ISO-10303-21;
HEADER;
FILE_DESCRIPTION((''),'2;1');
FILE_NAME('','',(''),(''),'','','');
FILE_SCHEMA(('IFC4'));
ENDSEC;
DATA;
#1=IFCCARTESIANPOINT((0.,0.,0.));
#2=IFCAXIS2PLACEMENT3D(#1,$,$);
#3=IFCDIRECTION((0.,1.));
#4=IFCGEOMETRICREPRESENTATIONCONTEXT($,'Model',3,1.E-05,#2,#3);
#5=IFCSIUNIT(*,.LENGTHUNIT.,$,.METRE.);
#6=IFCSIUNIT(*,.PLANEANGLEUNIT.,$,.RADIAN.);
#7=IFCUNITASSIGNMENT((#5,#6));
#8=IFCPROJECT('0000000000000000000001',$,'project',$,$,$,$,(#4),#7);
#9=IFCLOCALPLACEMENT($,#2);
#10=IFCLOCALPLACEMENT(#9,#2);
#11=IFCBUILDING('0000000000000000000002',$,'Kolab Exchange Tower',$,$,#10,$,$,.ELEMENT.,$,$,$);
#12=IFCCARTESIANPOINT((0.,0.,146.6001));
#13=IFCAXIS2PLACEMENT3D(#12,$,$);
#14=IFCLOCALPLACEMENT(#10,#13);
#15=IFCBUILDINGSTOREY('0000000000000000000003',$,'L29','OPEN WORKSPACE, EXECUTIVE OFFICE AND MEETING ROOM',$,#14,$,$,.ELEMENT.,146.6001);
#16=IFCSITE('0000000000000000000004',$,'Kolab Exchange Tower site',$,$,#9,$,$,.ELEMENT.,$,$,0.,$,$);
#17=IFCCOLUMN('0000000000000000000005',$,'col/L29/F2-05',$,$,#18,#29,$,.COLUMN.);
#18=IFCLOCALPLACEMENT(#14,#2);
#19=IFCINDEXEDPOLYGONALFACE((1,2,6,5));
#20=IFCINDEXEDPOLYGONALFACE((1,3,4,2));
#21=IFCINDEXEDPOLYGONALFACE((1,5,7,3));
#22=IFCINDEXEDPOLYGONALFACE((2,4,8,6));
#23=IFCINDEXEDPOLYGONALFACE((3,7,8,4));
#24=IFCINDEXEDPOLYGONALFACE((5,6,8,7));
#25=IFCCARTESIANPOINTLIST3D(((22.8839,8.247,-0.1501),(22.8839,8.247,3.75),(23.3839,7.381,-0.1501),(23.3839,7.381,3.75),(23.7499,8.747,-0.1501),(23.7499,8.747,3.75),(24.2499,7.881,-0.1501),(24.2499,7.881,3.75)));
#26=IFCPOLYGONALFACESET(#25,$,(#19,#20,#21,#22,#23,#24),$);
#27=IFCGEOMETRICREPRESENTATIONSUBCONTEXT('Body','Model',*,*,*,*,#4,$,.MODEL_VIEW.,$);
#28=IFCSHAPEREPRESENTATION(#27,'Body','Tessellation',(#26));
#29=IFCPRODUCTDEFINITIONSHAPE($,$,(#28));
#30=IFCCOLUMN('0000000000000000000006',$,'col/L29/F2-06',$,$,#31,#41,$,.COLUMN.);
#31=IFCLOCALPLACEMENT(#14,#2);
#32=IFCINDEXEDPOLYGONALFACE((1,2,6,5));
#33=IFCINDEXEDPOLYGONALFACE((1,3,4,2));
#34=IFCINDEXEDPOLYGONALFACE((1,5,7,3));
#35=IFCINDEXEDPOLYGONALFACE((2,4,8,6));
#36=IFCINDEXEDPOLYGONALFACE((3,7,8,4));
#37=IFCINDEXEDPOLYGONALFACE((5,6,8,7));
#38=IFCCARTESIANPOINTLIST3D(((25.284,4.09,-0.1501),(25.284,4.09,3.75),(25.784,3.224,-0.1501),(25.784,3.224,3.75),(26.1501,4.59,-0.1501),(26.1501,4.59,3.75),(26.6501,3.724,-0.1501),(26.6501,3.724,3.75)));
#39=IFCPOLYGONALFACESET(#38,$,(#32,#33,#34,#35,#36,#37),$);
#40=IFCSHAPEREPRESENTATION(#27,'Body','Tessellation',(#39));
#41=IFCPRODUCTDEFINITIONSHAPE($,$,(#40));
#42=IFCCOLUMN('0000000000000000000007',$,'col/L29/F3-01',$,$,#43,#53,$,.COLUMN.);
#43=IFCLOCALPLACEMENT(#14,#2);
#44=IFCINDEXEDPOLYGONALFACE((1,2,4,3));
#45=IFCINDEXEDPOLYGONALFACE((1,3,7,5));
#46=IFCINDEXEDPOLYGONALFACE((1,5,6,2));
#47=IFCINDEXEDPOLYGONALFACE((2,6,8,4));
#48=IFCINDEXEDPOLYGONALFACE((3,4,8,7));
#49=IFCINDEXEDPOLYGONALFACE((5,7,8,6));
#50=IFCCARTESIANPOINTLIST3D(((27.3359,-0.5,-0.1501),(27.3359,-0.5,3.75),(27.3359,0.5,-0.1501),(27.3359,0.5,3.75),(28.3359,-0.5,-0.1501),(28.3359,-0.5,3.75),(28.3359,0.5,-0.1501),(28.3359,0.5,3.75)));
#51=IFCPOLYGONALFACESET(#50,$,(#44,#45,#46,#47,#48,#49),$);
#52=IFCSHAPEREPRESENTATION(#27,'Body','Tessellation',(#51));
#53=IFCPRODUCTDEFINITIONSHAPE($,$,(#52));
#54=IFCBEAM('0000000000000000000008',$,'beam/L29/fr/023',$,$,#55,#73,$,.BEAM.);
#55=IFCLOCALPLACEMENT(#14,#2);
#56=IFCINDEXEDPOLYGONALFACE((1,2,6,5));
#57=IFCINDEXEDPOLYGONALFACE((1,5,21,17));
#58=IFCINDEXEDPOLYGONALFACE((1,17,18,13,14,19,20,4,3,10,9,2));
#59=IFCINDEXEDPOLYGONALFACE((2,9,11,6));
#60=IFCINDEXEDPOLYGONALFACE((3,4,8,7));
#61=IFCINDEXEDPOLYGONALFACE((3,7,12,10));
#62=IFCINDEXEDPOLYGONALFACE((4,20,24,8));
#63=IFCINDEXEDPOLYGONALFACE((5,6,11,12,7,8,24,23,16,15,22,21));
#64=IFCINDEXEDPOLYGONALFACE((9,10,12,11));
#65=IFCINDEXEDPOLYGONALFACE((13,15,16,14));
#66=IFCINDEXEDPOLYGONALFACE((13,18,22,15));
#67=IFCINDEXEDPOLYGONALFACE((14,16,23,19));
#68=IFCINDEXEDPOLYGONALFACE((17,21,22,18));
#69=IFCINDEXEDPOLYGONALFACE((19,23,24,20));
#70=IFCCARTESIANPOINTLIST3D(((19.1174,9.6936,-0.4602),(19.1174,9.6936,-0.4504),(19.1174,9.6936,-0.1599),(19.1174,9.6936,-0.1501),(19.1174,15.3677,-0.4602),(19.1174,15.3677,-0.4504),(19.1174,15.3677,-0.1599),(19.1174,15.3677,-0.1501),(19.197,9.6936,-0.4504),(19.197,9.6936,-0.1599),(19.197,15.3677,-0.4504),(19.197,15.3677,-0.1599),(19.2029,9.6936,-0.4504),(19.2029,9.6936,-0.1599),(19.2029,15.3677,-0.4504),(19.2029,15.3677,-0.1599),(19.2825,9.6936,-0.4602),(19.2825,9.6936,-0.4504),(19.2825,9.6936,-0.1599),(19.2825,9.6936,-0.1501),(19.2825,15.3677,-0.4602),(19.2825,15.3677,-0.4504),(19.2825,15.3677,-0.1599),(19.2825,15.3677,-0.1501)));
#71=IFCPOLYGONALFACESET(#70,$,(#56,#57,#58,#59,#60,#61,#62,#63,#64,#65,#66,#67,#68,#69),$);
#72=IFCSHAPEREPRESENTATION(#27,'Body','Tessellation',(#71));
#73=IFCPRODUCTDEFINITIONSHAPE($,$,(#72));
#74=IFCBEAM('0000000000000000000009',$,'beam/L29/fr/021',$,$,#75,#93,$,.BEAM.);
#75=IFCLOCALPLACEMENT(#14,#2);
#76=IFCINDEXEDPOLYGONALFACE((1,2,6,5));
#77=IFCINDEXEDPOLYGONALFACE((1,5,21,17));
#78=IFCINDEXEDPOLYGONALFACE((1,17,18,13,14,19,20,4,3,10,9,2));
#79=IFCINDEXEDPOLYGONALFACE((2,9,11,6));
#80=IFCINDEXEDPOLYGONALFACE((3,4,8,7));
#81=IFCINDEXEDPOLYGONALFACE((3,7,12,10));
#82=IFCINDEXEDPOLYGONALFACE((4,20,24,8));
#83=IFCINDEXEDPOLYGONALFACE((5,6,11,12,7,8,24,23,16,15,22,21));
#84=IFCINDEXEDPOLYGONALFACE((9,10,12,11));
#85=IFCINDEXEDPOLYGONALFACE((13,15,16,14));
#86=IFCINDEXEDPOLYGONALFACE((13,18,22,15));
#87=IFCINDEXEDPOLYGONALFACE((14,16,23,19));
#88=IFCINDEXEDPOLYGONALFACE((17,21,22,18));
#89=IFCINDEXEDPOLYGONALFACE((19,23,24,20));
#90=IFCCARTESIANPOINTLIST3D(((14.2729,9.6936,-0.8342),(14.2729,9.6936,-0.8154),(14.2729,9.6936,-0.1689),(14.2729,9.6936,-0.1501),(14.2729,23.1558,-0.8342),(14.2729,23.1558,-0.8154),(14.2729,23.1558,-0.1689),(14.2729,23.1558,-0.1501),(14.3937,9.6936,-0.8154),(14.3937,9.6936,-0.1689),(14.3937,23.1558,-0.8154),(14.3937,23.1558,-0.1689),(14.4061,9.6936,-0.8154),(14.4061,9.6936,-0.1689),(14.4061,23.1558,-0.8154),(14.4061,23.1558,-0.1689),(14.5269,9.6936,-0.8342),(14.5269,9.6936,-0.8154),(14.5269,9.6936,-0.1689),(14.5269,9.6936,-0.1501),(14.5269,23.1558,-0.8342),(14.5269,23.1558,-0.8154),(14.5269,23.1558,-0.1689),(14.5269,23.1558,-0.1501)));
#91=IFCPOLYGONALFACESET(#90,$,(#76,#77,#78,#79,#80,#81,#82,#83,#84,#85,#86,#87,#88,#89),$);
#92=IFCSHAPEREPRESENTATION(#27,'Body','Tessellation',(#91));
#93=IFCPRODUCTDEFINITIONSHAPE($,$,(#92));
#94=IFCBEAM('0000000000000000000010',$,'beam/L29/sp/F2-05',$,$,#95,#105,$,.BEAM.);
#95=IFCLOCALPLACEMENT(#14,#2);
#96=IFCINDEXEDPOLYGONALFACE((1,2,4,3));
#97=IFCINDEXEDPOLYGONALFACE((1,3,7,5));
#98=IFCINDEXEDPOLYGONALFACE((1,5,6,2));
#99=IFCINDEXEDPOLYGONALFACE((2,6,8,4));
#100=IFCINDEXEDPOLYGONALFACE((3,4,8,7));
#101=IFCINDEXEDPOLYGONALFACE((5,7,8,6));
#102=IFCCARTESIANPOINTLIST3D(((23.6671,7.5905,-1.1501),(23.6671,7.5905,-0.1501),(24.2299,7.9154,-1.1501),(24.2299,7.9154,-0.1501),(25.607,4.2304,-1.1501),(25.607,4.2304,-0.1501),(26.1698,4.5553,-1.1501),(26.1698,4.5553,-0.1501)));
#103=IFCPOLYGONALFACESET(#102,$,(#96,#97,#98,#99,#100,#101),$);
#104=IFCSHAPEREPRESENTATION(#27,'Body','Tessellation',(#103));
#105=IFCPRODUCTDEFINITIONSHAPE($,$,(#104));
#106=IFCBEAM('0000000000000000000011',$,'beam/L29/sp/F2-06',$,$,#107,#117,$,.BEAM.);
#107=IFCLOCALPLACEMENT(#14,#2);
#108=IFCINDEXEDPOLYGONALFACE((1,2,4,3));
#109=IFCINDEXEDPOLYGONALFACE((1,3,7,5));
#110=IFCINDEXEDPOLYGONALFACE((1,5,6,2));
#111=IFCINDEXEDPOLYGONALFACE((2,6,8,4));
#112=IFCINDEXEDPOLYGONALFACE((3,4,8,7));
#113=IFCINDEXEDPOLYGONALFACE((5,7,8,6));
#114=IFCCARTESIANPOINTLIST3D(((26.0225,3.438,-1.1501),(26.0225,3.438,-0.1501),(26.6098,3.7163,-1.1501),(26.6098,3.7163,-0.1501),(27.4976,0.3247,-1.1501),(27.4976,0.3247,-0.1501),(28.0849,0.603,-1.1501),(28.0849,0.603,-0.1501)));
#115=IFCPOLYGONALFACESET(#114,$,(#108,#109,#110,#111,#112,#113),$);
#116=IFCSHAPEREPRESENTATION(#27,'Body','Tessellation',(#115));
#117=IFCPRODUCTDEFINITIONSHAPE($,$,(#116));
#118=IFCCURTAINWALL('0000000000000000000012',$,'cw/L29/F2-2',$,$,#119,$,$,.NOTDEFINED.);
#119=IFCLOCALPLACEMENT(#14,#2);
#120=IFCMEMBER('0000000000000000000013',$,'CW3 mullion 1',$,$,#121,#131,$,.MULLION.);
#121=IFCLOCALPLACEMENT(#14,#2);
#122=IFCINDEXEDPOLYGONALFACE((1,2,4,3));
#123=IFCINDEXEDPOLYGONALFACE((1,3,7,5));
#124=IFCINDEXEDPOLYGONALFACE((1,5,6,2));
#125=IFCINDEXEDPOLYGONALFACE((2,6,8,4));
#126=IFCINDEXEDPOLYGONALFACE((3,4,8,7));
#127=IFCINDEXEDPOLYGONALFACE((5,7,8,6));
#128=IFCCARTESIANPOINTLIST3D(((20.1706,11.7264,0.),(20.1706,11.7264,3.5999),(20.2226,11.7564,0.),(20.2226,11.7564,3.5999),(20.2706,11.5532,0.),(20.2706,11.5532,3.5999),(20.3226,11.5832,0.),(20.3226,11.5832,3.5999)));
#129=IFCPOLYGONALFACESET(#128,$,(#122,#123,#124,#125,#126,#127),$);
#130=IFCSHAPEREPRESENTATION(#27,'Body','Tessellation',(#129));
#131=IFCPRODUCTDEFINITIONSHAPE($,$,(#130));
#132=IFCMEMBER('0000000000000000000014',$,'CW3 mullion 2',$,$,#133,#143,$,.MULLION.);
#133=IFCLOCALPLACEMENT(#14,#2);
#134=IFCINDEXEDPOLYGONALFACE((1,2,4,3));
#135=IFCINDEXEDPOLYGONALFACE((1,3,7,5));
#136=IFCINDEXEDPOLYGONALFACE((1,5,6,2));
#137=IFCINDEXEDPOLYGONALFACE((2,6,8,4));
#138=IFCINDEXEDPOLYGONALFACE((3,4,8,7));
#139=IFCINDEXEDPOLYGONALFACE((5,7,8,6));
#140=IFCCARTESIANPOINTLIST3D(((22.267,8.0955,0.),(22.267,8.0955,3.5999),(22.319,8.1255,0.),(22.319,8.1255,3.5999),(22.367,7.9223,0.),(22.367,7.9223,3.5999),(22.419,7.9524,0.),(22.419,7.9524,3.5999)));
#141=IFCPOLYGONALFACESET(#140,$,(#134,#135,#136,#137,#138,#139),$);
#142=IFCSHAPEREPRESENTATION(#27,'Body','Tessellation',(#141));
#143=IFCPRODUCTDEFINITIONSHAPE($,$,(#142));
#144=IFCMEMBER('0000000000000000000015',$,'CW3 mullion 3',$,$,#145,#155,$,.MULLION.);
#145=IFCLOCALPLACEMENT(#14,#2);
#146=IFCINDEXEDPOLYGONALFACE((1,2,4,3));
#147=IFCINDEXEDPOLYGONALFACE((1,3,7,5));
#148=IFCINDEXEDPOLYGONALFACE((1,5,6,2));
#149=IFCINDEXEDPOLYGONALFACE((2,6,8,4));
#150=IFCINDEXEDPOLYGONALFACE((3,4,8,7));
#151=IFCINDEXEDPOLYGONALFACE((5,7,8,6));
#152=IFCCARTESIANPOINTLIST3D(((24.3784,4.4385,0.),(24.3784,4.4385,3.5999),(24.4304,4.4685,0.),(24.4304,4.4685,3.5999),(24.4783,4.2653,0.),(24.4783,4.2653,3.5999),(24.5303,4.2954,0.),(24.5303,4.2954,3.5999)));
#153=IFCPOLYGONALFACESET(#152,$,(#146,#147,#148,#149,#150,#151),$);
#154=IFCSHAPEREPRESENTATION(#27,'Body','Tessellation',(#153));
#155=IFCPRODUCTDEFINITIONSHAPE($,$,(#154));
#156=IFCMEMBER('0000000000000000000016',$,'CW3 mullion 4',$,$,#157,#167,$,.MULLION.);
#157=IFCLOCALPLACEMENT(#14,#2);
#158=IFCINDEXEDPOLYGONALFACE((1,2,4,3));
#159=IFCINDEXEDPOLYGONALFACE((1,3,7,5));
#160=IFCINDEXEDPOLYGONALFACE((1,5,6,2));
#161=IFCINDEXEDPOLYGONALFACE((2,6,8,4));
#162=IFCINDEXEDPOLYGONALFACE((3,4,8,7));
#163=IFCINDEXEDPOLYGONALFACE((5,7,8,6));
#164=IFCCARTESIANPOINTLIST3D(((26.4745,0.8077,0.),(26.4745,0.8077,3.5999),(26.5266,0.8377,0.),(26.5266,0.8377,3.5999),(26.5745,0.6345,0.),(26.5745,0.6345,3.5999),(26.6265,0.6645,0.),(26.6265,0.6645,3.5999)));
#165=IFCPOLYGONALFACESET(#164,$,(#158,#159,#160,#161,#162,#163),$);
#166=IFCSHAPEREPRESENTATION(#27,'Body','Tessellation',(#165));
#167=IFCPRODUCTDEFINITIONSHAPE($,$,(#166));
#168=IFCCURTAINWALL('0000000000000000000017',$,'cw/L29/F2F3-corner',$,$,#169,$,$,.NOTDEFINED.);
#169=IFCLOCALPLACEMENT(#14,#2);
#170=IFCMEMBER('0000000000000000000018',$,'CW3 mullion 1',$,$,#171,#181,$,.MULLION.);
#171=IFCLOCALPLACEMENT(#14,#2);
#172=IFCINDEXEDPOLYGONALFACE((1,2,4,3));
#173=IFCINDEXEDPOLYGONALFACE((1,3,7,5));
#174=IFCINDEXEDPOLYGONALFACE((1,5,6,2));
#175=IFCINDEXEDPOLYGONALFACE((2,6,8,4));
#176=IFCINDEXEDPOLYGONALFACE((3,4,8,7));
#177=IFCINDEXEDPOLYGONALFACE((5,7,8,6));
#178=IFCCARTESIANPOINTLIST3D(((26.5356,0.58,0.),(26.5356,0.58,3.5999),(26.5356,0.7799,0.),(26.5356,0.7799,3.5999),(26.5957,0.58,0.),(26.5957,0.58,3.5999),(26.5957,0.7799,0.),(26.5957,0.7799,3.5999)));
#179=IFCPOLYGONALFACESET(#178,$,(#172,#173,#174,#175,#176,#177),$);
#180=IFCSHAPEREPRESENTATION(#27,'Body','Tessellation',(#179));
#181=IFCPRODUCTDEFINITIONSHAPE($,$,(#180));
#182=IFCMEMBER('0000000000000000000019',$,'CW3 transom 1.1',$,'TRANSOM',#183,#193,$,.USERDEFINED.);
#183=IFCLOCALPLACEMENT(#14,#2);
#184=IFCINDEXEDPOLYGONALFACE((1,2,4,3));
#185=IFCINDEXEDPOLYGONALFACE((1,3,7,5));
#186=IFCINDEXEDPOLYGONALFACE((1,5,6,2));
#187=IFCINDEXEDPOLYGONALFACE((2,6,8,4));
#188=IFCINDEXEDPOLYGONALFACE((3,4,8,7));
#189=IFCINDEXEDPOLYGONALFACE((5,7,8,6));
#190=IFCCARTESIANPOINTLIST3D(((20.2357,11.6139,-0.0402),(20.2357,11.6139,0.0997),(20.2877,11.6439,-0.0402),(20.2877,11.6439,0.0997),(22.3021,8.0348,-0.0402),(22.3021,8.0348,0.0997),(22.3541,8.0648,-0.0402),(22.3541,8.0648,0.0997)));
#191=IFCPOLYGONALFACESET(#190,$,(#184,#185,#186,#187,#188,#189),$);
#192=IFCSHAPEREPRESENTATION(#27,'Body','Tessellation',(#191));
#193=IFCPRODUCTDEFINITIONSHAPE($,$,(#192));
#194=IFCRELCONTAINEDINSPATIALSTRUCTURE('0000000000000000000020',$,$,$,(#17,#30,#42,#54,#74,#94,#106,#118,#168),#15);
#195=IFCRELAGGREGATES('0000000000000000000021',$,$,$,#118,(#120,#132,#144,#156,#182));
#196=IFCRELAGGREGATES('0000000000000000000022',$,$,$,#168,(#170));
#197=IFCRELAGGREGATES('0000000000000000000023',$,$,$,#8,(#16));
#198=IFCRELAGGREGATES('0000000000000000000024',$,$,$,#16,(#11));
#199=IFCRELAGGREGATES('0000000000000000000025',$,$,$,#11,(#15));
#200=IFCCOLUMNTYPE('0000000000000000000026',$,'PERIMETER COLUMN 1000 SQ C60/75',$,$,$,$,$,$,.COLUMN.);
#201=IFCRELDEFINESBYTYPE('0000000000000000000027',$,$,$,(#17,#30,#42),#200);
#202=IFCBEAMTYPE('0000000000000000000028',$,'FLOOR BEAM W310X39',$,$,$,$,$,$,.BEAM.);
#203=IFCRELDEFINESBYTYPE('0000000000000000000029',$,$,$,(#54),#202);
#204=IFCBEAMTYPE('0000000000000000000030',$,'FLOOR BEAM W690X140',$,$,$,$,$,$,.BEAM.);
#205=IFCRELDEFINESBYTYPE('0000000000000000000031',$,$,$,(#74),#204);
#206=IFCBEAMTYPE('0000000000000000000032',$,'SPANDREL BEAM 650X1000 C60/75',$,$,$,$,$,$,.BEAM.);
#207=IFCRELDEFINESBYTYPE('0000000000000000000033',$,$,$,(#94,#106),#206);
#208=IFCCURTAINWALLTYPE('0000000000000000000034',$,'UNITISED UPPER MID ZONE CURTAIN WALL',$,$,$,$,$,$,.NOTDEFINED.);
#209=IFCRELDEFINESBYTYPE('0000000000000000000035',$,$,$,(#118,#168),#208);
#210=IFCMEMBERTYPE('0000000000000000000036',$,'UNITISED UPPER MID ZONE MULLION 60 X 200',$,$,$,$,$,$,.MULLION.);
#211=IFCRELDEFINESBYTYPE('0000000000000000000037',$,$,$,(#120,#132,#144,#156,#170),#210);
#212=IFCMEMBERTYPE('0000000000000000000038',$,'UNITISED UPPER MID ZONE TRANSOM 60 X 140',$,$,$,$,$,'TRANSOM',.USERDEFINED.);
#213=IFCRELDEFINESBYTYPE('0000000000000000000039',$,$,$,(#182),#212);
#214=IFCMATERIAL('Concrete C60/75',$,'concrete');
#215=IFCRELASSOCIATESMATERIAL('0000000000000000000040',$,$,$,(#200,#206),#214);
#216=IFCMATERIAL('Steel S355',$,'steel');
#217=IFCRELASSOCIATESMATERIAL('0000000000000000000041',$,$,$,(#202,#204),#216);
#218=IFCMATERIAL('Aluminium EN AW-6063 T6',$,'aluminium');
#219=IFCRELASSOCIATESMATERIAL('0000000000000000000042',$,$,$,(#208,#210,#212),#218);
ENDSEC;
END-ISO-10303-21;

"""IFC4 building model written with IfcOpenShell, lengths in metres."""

from ifc_helpers import new_model, si_unit, direction, frame, origin, origin_2d, place, context, subcontext, project, spatial, rectangle, i_section, extrude, material, material_profile, profile_set, type_object, element, aggregate, save


model = new_model("IFC4")

# Units and contexts
model_context = context("Model", 3, precision=1e-05, world=origin(), true_north=direction((0.0, 1.0)))
body_context = subcontext(model_context, "Body", "Model", "MODEL_VIEW")
ifc_project = project(units=[si_unit("LENGTHUNIT", "METRE"), si_unit("PLANEANGLEUNIT", "RADIAN")], contexts=[model_context])

# Site, building, storey
site_placement = place(None, origin())
site = spatial("IfcSite", under=ifc_project, at=site_placement, Name="Kolab Exchange Tower site", CompositionType="ELEMENT", RefElevation=0.0)
building_placement = place(site_placement, origin())
building = spatial("IfcBuilding", under=site, at=building_placement, Name="Kolab Exchange Tower", CompositionType="ELEMENT")
storey_placement = place(building_placement, frame((0.0, 0.0, 146.6001)))
storey = spatial("IfcBuildingStorey", under=building, at=storey_placement, Name="L29", Description="OPEN WORKSPACE, EXECUTIVE OFFICE AND MEETING ROOM", CompositionType="ELEMENT", Elevation=146.6001)

# Columns
ifc_material_1 = material(Name="Concrete C60/75", Category="concrete")
ifc_material_profile_1 = material_profile(ifc_material_1, rectangle(XDim=1.0, YDim=1.0, at=origin_2d()), Name="RC1000")
ifc_profile_set_1 = profile_set([ifc_material_profile_1], Name="Concrete C60/75")
column_type = type_object("IfcColumnType", Name="PERIMETER COLUMN 1000 SQ C60/75", PredefinedType="COLUMN", material=ifc_profile_set_1)
for number, where, z_axis, x_axis, name in (
    (1, (23.5669, 8.064, -0.1501), (0.0, 0.0, 1.0), (0.866025, 0.5, 0.0), "col/L29/F2-05"),
    (2, (25.967, 3.907, -0.1501), (0.0, 0.0, 1.0), (0.866025, 0.5, 0.0), "col/L29/F2-06"),
    (3, (27.8359, 0.0, -0.1501), (0.0, 0.0, 1.0), (1.0, 0.0, 0.0), "col/L29/F3-01"),
):
    element("IfcColumn", number, at=place(storey_placement, frame(where, z_axis=z_axis, x_axis=x_axis)), inside=storey, type_object=column_type, Name=name, PredefinedType="COLUMN", context=body_context, shape_type="SweptSolid", body=[
        extrude(rectangle(XDim=1.0, YDim=1.0, at=origin_2d()), origin(), (0.0, 0.0, 1.0), 3.9001),
    ])

# Beams
ifc_material_2 = material(Name="Steel S355", Category="steel")
ifc_material_profile_2 = material_profile(ifc_material_2, i_section(OverallWidth=0.165, OverallDepth=0.3101, WebThickness=0.0059, FlangeThickness=0.0098, at=origin_2d()), Name="W310X39")
ifc_profile_set_2 = profile_set([ifc_material_profile_2], Name="Steel S355")
beam_type_1 = type_object("IfcBeamType", Name="FLOOR BEAM W310X39", PredefinedType="BEAM", material=ifc_profile_set_2)
beam_1_placement = place(storey_placement, frame((19.2, 9.6936, -0.3052), z_axis=(0.0, 1.0, 0.0), x_axis=(-1.0, 0.0, 0.0)))
element("IfcBeam", 4, at=beam_1_placement, inside=storey, type_object=beam_type_1, Name="beam/L29/fr/023", PredefinedType="BEAM", context=body_context, shape_type="SweptSolid", body=[
    extrude(i_section(OverallWidth=0.165, OverallDepth=0.3101, WebThickness=0.0059, FlangeThickness=0.0098, at=origin_2d()), origin(), (0.0, 0.0, 1.0), 5.6741),
])
ifc_material_profile_3 = material_profile(ifc_material_2, i_section(OverallWidth=0.2539, OverallDepth=0.6841, WebThickness=0.0125, FlangeThickness=0.0188, at=origin_2d()), Name="W690X140")
ifc_profile_set_3 = profile_set([ifc_material_profile_3], Name="Steel S355")
beam_type_2 = type_object("IfcBeamType", Name="FLOOR BEAM W690X140", PredefinedType="BEAM", material=ifc_profile_set_3)
beam_2_placement = place(storey_placement, frame((14.3999, 9.6936, -0.4922), z_axis=(0.0, 1.0, 0.0), x_axis=(-1.0, 0.0, 0.0)))
element("IfcBeam", 5, at=beam_2_placement, inside=storey, type_object=beam_type_2, Name="beam/L29/fr/021", PredefinedType="BEAM", context=body_context, shape_type="SweptSolid", body=[
    extrude(i_section(OverallWidth=0.2539, OverallDepth=0.6841, WebThickness=0.0125, FlangeThickness=0.0188, at=origin_2d()), origin(), (0.0, 0.0, 1.0), 13.4622),
])
ifc_material_profile_4 = material_profile(ifc_material_1, rectangle(XDim=0.6499, YDim=1.0, at=origin_2d()), Name="RC650X1000")
ifc_profile_set_4 = profile_set([ifc_material_profile_4], Name="Concrete C60/75")
beam_type_3 = type_object("IfcBeamType", Name="SPANDREL BEAM 650X1000 C60/75", PredefinedType="BEAM", material=ifc_profile_set_4)
beam_3_placement = place(storey_placement, frame((23.9485, 7.7529, -0.6501), z_axis=(0.499997, -0.866027, 0.0), x_axis=(0.866027, 0.499997, 0.0)))
element("IfcBeam", 6, at=beam_3_placement, inside=storey, type_object=beam_type_3, Name="beam/L29/sp/F2-05", PredefinedType="BEAM", context=body_context, shape_type="SweptSolid", body=[
    extrude(rectangle(XDim=0.6499, YDim=1.0, at=origin_2d()), origin(), (0.0, 0.0, 1.0), 3.8799),
])
beam_4_placement = place(storey_placement, frame((26.3162, 3.5771, -0.6501), z_axis=(0.428178, -0.903695, 0.0), x_axis=(0.903695, 0.428178, 0.0)))
element("IfcBeam", 7, at=beam_4_placement, inside=storey, type_object=beam_type_3, Name="beam/L29/sp/F2-06", PredefinedType="BEAM", context=body_context, shape_type="SweptSolid", body=[
    extrude(rectangle(XDim=0.6499, YDim=1.0, at=origin_2d()), origin(), (0.0, 0.0, 1.0), 3.4451),
])

# Curtain wall, members
ifc_material_3 = material(Name="Aluminium EN AW-6063 T6", Category="aluminium")
curtain_wall_type = type_object("IfcCurtainWallType", Name="UNITISED UPPER MID ZONE CURTAIN WALL", PredefinedType="NOTDEFINED", material=ifc_material_3)
curtain_wall_1_placement = place(storey_placement, origin())
curtain_wall_1 = element("IfcCurtainWall", 8, at=curtain_wall_1_placement, inside=storey, type_object=curtain_wall_type, Name="cw/L29/F2-2", PredefinedType="NOTDEFINED")
ifc_material_profile_5 = material_profile(ifc_material_3, rectangle(XDim=0.0601, YDim=0.2, at=origin_2d()), Name="RECT 60X200")
ifc_profile_set_5 = profile_set([ifc_material_profile_5], Name="Aluminium EN AW-6063 T6")
member_type_1 = type_object("IfcMemberType", Name="UNITISED UPPER MID ZONE MULLION 60 X 200", PredefinedType="MULLION", material=ifc_profile_set_5)
member_1_placement = place(storey_placement, frame((20.2466, 11.6548, 0.0), z_axis=(0.0, 0.0, 1.0), x_axis=(0.866025, 0.5, 0.0)))
member_1 = element("IfcMember", 9, at=member_1_placement, type_object=member_type_1, Name="CW3 mullion 1", PredefinedType="MULLION", context=body_context, shape_type="SweptSolid", body=[
    extrude(rectangle(XDim=0.0601, YDim=0.2, at=origin_2d()), origin(), (0.0, 0.0, 1.0), 3.5999),
])
member_2_placement = place(storey_placement, frame((22.343, 8.0239, 0.0), z_axis=(0.0, 0.0, 1.0), x_axis=(0.866025, 0.5, 0.0)))
member_2 = element("IfcMember", 10, at=member_2_placement, type_object=member_type_1, Name="CW3 mullion 2", PredefinedType="MULLION", context=body_context, shape_type="SweptSolid", body=[
    extrude(rectangle(XDim=0.0601, YDim=0.2, at=origin_2d()), origin(), (0.0, 0.0, 1.0), 3.5999),
])
member_3_placement = place(storey_placement, frame((24.4543, 4.3669, 0.0), z_axis=(0.0, 0.0, 1.0), x_axis=(0.866025, 0.5, 0.0)))
member_3 = element("IfcMember", 11, at=member_3_placement, type_object=member_type_1, Name="CW3 mullion 3", PredefinedType="MULLION", context=body_context, shape_type="SweptSolid", body=[
    extrude(rectangle(XDim=0.0601, YDim=0.2, at=origin_2d()), origin(), (0.0, 0.0, 1.0), 3.5999),
])
member_4_placement = place(storey_placement, frame((26.5505, 0.7361, 0.0), z_axis=(0.0, 0.0, 1.0), x_axis=(0.866025, 0.5, 0.0)))
member_4 = element("IfcMember", 12, at=member_4_placement, type_object=member_type_1, Name="CW3 mullion 4", PredefinedType="MULLION", context=body_context, shape_type="SweptSolid", body=[
    extrude(rectangle(XDim=0.0601, YDim=0.2, at=origin_2d()), origin(), (0.0, 0.0, 1.0), 3.5999),
])

# Curtain wall, member
curtain_wall_2_placement = place(storey_placement, origin())
curtain_wall_2 = element("IfcCurtainWall", 13, at=curtain_wall_2_placement, inside=storey, type_object=curtain_wall_type, Name="cw/L29/F2F3-corner", PredefinedType="NOTDEFINED")
member_5_placement = place(storey_placement, frame((26.5657, 0.6799, 0.0), z_axis=(0.0, 0.0, 1.0), x_axis=(1.0, 0.0, 0.0)))
member_5 = element("IfcMember", 14, at=member_5_placement, type_object=member_type_1, Name="CW3 mullion 1", PredefinedType="MULLION", context=body_context, shape_type="SweptSolid", body=[
    extrude(rectangle(XDim=0.0601, YDim=0.2, at=origin_2d()), origin(), (0.0, 0.0, 1.0), 3.5999),
])

# Member
ifc_material_profile_6 = material_profile(ifc_material_3, rectangle(XDim=0.0601, YDim=0.1399, at=origin_2d()), Name="RECT 60X140")
ifc_profile_set_6 = profile_set([ifc_material_profile_6], Name="Aluminium EN AW-6063 T6")
member_type_2 = type_object("IfcMemberType", Name="UNITISED UPPER MID ZONE TRANSOM 60 X 140", ElementType="TRANSOM", PredefinedType="USERDEFINED", material=ifc_profile_set_6)
member_6_placement = place(storey_placement, frame((20.2617, 11.6289, 0.0298), z_axis=(0.500002, -0.866024, 0.0), x_axis=(0.866024, 0.500002, 0.0)))
member_6 = element("IfcMember", 15, at=member_6_placement, type_object=member_type_2, Name="CW3 transom 1.1", ObjectType="TRANSOM", PredefinedType="USERDEFINED", context=body_context, shape_type="SweptSolid", body=[
    extrude(rectangle(XDim=0.0601, YDim=0.1399, at=origin_2d()), origin(), (0.0, 0.0, 1.0), 4.1328),
])

aggregate(curtain_wall_1, [member_1, member_2, member_3, member_4, member_6])
aggregate(curtain_wall_2, [member_5])

save(model, "model.ifc")
